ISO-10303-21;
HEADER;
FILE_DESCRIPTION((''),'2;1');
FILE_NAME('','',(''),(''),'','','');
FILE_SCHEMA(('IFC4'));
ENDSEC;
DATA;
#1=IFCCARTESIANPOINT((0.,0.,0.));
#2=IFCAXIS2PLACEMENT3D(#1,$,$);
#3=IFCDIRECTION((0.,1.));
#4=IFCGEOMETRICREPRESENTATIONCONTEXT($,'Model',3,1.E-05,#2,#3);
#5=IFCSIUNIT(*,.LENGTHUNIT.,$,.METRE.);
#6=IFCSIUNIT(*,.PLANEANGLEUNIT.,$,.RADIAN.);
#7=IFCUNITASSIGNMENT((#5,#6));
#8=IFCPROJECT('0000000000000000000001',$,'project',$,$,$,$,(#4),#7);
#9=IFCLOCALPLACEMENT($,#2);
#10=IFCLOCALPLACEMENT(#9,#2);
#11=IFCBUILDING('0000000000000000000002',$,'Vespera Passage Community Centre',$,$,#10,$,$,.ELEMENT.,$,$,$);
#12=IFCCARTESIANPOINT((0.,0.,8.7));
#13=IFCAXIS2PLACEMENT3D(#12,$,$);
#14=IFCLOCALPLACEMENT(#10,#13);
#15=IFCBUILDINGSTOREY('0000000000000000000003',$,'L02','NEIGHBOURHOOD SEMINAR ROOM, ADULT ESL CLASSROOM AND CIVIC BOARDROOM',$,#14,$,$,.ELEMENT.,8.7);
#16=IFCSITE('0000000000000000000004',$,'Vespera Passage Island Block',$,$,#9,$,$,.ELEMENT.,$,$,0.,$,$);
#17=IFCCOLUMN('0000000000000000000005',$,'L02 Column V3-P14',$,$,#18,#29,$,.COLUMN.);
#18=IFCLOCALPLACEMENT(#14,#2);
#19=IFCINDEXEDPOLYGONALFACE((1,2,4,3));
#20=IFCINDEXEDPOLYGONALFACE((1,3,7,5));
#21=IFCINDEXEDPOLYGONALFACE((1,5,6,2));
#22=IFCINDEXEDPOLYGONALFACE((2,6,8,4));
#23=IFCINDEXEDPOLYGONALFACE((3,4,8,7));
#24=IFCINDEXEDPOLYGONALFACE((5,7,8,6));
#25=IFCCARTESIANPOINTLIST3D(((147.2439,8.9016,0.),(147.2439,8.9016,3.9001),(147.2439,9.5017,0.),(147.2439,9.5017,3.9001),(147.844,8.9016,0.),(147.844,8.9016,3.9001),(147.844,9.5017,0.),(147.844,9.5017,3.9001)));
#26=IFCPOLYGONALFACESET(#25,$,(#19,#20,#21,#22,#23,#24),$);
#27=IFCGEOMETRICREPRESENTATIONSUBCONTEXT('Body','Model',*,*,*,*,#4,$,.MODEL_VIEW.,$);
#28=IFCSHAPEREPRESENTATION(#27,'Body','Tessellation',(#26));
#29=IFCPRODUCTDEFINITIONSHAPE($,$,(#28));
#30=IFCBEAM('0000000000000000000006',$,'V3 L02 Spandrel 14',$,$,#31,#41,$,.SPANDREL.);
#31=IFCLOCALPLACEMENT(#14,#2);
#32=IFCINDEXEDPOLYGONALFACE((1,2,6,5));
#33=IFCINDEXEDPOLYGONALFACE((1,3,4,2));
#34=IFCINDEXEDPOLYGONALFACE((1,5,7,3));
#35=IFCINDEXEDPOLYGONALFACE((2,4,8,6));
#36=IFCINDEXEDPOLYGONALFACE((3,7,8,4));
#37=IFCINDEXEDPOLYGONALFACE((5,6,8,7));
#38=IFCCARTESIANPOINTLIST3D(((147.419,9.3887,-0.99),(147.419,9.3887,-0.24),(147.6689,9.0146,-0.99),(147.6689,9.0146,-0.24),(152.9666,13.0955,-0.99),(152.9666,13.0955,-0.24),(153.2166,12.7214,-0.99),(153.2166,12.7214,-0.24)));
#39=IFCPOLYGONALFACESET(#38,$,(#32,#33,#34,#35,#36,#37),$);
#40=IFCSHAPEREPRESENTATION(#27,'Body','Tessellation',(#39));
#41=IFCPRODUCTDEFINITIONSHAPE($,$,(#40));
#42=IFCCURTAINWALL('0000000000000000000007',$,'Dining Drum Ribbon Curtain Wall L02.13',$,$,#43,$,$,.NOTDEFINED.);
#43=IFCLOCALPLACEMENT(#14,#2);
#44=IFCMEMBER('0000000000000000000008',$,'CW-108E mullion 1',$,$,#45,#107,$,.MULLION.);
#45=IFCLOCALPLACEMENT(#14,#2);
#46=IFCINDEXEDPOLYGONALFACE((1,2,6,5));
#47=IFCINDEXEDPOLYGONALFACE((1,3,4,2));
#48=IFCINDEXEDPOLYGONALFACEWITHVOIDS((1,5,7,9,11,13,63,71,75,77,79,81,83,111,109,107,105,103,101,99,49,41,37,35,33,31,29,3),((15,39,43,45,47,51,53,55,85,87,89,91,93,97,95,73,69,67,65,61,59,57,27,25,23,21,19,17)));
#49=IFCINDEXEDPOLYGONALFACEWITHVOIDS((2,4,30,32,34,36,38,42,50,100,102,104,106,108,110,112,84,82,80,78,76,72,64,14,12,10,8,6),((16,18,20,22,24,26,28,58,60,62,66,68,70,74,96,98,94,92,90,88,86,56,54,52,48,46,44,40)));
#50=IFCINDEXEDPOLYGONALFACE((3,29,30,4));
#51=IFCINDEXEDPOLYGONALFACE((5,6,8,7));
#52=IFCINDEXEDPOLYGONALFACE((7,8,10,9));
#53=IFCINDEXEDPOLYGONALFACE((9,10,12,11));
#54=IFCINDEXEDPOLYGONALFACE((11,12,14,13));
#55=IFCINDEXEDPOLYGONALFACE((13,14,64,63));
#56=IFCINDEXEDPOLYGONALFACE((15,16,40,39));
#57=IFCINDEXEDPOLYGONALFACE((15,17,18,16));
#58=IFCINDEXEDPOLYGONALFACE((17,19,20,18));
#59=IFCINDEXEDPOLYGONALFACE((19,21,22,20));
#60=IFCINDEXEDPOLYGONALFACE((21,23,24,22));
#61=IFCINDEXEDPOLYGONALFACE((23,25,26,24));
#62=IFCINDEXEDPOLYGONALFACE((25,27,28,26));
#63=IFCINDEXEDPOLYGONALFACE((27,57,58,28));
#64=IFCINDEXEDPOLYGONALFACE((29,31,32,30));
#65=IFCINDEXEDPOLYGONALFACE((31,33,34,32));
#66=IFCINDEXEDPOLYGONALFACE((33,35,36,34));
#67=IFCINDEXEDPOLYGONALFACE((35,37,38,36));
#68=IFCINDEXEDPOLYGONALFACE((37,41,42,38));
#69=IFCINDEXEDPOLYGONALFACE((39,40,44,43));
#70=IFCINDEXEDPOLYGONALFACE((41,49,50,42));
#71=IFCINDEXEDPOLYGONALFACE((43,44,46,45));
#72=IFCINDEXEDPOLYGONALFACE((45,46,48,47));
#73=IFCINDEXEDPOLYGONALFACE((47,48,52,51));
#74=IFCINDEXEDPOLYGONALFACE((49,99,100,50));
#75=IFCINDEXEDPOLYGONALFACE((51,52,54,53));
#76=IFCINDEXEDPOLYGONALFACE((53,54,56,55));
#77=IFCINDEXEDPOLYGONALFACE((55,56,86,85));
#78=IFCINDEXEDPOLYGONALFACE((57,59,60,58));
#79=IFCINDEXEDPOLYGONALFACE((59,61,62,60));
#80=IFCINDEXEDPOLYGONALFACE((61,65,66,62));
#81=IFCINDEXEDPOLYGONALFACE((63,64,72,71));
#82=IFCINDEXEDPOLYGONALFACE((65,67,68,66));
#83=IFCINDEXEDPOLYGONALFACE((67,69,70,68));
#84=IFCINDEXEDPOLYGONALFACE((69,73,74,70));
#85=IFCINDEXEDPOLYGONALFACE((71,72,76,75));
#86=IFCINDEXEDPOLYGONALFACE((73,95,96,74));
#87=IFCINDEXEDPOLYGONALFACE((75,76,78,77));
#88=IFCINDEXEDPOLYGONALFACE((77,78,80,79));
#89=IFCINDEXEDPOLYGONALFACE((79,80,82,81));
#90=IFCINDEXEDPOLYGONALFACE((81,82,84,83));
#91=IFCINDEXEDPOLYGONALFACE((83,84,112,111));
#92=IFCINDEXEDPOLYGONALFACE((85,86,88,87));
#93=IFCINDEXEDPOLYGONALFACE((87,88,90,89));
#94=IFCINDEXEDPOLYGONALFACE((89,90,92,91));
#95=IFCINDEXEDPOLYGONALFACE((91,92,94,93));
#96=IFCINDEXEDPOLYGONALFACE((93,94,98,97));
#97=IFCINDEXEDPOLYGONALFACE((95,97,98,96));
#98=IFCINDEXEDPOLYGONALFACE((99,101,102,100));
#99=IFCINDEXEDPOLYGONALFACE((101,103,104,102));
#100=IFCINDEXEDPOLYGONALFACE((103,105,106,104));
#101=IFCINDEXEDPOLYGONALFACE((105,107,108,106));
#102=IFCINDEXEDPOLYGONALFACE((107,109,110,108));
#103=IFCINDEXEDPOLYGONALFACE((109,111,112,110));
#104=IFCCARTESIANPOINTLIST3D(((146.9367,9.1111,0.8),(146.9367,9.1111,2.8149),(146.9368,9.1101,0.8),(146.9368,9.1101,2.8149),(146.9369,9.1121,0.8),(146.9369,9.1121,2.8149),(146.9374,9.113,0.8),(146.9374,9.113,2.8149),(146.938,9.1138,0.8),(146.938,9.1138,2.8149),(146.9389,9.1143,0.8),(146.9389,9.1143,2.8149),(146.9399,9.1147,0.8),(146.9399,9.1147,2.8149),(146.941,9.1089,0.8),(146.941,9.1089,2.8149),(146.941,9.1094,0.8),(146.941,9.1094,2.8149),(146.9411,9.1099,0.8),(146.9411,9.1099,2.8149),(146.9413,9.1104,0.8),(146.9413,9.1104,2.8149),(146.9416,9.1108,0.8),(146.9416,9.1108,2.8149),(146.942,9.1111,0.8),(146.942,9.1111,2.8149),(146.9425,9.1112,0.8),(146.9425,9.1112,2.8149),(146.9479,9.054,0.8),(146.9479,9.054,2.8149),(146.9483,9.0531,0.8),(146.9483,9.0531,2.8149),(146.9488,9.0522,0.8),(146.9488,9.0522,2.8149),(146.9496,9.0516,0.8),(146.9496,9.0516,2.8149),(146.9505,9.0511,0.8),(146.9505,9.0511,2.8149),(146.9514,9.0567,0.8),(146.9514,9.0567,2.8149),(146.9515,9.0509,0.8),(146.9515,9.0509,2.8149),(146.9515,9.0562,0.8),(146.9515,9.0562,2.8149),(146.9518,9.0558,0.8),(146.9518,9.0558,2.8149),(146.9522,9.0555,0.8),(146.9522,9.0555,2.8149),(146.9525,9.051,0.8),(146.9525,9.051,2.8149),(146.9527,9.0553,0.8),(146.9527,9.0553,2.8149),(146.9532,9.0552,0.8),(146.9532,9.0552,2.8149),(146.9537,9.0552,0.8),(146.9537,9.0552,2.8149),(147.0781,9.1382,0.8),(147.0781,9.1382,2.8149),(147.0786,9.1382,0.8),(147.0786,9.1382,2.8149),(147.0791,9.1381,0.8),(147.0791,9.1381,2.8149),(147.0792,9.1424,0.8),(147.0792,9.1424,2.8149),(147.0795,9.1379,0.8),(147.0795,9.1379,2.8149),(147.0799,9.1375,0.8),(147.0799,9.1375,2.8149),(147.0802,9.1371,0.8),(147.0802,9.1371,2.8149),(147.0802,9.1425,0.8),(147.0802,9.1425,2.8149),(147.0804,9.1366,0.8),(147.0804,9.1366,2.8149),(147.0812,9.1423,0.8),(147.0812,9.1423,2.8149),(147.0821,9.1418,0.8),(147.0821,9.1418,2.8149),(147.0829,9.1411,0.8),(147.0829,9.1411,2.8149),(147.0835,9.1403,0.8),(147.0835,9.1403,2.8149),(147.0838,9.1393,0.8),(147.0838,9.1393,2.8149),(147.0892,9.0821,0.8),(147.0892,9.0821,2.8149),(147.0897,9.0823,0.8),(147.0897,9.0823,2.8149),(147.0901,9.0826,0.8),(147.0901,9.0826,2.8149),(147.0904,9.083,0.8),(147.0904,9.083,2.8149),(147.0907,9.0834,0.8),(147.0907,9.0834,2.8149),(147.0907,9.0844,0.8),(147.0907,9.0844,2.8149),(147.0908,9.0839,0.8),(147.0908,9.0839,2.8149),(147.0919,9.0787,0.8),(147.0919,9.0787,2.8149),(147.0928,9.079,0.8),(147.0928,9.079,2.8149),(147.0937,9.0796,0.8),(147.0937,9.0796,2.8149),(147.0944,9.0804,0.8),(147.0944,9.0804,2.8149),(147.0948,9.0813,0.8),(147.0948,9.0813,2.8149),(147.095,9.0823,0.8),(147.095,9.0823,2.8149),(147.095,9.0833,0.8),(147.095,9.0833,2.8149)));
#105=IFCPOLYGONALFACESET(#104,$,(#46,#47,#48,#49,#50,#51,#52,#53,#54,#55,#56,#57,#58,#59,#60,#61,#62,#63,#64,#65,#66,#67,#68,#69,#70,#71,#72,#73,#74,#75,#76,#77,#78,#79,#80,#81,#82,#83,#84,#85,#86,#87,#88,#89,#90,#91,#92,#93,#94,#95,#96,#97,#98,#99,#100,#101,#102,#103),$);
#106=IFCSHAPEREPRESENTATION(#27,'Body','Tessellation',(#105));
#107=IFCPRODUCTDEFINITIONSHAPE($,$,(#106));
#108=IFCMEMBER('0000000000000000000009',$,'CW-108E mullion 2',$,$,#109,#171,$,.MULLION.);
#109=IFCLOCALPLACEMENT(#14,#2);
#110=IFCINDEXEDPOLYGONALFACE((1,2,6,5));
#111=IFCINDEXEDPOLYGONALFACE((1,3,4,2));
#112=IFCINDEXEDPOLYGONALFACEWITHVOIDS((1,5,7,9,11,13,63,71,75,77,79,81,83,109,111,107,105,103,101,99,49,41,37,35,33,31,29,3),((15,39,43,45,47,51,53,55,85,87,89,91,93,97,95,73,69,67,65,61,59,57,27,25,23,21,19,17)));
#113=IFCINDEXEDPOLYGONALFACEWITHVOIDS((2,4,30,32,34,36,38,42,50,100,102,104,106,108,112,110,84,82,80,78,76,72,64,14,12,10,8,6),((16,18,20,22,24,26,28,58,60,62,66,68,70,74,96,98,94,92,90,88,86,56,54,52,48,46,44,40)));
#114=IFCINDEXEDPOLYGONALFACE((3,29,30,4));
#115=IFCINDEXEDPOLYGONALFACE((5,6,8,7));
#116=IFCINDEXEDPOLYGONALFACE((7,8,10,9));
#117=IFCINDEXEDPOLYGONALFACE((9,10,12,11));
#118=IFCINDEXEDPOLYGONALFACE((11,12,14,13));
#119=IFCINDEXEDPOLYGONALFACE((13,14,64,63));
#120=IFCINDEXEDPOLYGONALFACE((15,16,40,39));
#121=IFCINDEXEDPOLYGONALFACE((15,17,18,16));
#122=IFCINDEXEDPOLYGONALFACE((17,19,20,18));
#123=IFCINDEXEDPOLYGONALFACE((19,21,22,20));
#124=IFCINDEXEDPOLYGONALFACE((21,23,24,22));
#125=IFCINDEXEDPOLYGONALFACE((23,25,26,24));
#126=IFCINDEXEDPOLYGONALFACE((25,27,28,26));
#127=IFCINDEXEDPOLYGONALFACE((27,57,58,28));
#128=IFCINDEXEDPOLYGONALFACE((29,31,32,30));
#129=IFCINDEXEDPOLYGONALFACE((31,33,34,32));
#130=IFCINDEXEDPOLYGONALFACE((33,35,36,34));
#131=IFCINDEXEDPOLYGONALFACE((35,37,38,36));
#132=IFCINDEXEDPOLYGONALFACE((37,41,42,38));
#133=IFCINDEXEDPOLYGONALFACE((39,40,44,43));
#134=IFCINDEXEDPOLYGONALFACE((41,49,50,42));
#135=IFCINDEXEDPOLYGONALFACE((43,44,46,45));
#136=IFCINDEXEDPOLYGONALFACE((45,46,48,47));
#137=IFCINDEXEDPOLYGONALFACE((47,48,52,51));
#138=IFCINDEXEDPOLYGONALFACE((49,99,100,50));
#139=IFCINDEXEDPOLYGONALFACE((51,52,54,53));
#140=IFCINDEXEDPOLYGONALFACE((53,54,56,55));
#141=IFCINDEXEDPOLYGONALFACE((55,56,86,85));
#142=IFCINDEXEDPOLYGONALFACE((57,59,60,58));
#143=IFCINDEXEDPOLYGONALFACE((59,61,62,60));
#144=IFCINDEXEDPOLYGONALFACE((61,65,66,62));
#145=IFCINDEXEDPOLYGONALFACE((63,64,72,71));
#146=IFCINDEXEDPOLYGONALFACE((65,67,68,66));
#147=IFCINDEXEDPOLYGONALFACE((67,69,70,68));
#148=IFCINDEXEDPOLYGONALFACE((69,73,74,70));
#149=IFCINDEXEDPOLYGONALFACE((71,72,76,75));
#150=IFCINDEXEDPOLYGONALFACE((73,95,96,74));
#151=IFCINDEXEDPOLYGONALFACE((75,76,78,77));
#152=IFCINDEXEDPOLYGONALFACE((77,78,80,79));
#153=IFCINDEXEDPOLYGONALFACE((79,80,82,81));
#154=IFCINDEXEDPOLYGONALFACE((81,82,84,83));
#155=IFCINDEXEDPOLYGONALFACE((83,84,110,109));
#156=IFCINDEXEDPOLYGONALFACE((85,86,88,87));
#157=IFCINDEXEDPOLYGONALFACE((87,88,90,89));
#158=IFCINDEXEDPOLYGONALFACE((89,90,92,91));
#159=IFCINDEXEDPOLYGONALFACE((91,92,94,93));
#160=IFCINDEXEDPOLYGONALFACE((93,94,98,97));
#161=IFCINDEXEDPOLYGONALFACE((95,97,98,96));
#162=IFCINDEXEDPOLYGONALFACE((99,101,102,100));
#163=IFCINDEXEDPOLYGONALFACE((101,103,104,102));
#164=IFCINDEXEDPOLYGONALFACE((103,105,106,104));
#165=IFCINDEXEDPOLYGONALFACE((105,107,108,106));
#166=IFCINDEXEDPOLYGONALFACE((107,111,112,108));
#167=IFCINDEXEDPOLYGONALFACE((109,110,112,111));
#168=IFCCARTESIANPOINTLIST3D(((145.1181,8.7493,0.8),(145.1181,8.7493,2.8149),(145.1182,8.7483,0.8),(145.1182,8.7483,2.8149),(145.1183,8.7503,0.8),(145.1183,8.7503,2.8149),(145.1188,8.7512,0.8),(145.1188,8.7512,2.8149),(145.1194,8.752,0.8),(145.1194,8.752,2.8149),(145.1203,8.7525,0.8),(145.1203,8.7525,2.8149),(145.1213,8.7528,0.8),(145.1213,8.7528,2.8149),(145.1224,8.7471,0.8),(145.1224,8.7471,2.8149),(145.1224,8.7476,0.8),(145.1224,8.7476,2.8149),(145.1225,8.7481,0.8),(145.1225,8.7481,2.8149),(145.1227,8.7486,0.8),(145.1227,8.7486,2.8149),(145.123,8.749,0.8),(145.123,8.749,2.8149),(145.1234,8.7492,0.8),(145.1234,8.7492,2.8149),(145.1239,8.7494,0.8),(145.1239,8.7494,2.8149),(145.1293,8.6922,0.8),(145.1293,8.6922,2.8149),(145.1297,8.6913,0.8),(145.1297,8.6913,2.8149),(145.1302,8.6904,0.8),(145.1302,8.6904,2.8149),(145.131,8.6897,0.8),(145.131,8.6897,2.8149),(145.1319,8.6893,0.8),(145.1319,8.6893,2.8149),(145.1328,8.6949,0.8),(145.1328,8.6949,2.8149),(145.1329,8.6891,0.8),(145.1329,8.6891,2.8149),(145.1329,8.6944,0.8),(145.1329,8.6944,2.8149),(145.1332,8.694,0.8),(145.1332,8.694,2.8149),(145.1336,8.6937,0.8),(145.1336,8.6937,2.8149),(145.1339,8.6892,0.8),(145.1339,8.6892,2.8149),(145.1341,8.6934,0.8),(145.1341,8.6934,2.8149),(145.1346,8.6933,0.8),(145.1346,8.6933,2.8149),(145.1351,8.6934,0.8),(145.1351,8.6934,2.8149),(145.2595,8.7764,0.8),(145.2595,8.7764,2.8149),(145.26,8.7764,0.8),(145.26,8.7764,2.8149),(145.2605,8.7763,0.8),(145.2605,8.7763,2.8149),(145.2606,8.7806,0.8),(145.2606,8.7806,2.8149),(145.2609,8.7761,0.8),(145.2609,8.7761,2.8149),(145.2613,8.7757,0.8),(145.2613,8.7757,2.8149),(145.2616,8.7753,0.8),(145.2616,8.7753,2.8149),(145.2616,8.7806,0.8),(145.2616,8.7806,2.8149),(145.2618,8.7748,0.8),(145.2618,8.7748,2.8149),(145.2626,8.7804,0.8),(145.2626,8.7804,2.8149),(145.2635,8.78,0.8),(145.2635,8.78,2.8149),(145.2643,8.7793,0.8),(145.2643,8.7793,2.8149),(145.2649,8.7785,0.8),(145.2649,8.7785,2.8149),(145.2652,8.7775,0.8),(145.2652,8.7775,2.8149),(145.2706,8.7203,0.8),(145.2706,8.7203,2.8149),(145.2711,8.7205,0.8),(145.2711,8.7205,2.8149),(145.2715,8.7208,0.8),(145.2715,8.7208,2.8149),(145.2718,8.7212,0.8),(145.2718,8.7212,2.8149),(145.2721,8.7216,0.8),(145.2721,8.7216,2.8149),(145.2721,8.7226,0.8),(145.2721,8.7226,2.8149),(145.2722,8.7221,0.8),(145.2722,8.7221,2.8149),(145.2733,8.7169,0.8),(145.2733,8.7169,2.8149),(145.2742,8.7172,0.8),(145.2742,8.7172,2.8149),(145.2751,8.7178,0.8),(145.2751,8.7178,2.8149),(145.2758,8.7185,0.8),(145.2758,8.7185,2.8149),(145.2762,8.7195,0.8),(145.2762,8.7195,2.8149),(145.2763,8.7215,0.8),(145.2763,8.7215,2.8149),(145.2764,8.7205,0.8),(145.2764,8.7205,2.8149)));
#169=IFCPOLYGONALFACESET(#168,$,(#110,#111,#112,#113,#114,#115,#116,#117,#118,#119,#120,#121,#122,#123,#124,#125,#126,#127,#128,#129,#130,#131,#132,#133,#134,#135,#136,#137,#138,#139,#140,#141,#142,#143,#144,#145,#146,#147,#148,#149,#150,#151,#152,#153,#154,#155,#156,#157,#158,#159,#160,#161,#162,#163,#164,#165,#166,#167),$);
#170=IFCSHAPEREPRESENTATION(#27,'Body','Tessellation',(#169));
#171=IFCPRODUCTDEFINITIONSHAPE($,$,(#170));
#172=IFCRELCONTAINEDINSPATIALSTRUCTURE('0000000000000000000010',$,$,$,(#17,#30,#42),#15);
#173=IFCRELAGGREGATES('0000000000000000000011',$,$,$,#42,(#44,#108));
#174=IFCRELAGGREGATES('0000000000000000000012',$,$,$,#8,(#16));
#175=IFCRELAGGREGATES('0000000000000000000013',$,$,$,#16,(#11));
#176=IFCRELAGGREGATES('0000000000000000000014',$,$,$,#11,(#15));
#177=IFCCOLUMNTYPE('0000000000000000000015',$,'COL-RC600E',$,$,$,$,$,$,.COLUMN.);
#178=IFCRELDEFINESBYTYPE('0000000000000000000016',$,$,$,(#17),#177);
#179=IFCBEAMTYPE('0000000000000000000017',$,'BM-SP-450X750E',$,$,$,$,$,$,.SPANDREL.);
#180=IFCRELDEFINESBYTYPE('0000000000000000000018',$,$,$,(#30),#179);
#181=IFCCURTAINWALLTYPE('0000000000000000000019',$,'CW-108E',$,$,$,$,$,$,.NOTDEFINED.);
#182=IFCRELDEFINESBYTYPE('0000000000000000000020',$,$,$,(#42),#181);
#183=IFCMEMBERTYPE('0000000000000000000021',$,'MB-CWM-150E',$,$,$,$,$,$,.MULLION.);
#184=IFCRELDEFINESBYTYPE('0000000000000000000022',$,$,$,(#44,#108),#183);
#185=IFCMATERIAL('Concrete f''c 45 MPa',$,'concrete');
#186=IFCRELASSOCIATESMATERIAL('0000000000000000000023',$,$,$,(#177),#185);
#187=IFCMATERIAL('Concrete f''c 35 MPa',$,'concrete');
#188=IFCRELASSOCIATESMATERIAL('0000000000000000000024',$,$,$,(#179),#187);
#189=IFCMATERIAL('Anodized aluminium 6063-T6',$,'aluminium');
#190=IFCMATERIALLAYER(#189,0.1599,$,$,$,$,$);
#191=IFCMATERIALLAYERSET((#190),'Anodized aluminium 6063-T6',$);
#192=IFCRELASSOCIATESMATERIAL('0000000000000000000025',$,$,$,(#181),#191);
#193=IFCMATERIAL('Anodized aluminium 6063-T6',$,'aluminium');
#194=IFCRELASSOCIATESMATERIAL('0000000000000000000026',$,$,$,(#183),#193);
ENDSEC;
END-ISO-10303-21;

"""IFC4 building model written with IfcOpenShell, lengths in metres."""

from ifc_helpers import new_model, si_unit, direction, frame, origin, origin_2d, place, context, subcontext, project, spatial, rectangle, hollow_rectangle, extrude, material, layer, layer_set, material_profile, profile_set, type_object, element, aggregate, save


model = new_model("IFC4")

# Units and contexts
model_context = context("Model", 3, precision=1e-05, world=origin(), true_north=direction((0.0, 1.0)))
body_context = subcontext(model_context, "Body", "Model", "MODEL_VIEW")
ifc_project = project(units=[si_unit("LENGTHUNIT", "METRE"), si_unit("PLANEANGLEUNIT", "RADIAN")], contexts=[model_context])

# Site, building, storey
site_placement = place(None, origin())
site = spatial("IfcSite", under=ifc_project, at=site_placement, Name="Vespera Passage Island Block", CompositionType="ELEMENT", RefElevation=0.0)
building_placement = place(site_placement, origin())
building = spatial("IfcBuilding", under=site, at=building_placement, Name="Vespera Passage Community Centre", CompositionType="ELEMENT")
storey_placement = place(building_placement, frame((0.0, 0.0, 8.7)))
storey = spatial("IfcBuildingStorey", under=building, at=storey_placement, Name="L02", Description="NEIGHBOURHOOD SEMINAR ROOM, ADULT ESL CLASSROOM AND CIVIC BOARDROOM", CompositionType="ELEMENT", Elevation=8.7)

# Column
ifc_material_1 = material(Name="Concrete f'c 45 MPa", Category="concrete")
ifc_material_profile_1 = material_profile(ifc_material_1, rectangle(XDim=0.6001, YDim=0.6001, at=origin_2d()), Name="RC600X600")
ifc_profile_set_1 = profile_set([ifc_material_profile_1], Name="Concrete f'c 45 MPa")
column_type = type_object("IfcColumnType", Name="COL-RC600E", PredefinedType="COLUMN", material=ifc_profile_set_1)
column_placement = place(storey_placement, frame((147.5439, 9.2017, 0.0), z_axis=(0.0, 0.0, 1.0), x_axis=(1.0, 0.0, 0.0)))
element("IfcColumn", 1, at=column_placement, inside=storey, type_object=column_type, Name="L02 Column V3-P14", PredefinedType="COLUMN", context=body_context, shape_type="SweptSolid", body=[
    extrude(rectangle(XDim=0.6001, YDim=0.6001, at=origin_2d()), origin(), (0.0, 0.0, 1.0), 3.9001),
])

# Beam
ifc_material_2 = material(Name="Concrete f'c 35 MPa", Category="concrete")
ifc_material_profile_2 = material_profile(ifc_material_2, rectangle(XDim=0.45, YDim=0.75, at=origin_2d()), Name="RC450X750")
ifc_profile_set_2 = profile_set([ifc_material_profile_2], Name="Concrete f'c 35 MPa")
beam_type = type_object("IfcBeamType", Name="BM-SP-450X750E", PredefinedType="SPANDREL", material=ifc_profile_set_2)
beam_placement = place(storey_placement, frame((147.5439, 9.2017, -0.615), z_axis=(0.83147, 0.55557, 0.0), x_axis=(-0.55557, 0.83147, 0.0)))
element("IfcBeam", 2, at=beam_placement, inside=storey, type_object=beam_type, Name="V3 L02 Spandrel 14", PredefinedType="SPANDREL", context=body_context, shape_type="SweptSolid", body=[
    extrude(rectangle(XDim=0.45, YDim=0.75, at=origin_2d()), origin(), (0.0, 0.0, 1.0), 6.6721),
])

# Curtain wall, members
ifc_material_3 = material(Name="Anodized aluminium 6063-T6", Category="aluminium")
ifc_layer_1 = layer(ifc_material_3, 0.1599)
ifc_layer_set_1 = layer_set([ifc_layer_1], Name="Anodized aluminium 6063-T6")
curtain_wall_type_1 = type_object("IfcCurtainWallType", Name="CW-108E", PredefinedType="NOTDEFINED", material=ifc_layer_set_1)
curtain_wall_1_placement = place(storey_placement, origin())
curtain_wall_1 = element("IfcCurtainWall", 3, at=curtain_wall_1_placement, inside=storey, type_object=curtain_wall_type_1, Name="Dining Drum Ribbon Curtain Wall L02.13", PredefinedType="NOTDEFINED")
ifc_material_4 = material(Name="Anodized aluminium 6063-T6", Category="aluminium")
ifc_material_profile_3 = material_profile(ifc_material_4, hollow_rectangle(XDim=0.0649, YDim=0.1499, WallThickness=0.0039, InnerFilletRadius=0.002, OuterFilletRadius=0.0039, at=origin_2d()), Name="ALU150X65X4")
ifc_profile_set_3 = profile_set([ifc_material_profile_3], Name="Anodized aluminium 6063-T6")
member_type_1 = type_object("IfcMemberType", Name="MB-CWM-150E", PredefinedType="MULLION", material=ifc_profile_set_3)
member_1_placement = place(storey_placement, frame((147.0159, 9.0967, 0.8), z_axis=(0.0, 0.0, 1.0), x_axis=(0.195097, -0.980784, 0.0)))
member_1 = element("IfcMember", 4, at=member_1_placement, type_object=member_type_1, Name="CW-108E mullion 1", PredefinedType="MULLION", context=body_context, shape_type="SweptSolid", body=[
    extrude(hollow_rectangle(XDim=0.0649, YDim=0.1499, WallThickness=0.0039, InnerFilletRadius=0.002, OuterFilletRadius=0.0039, at=origin_2d()), origin(), (0.0, 0.0, 1.0), 2.0149),
])
member_2_placement = place(storey_placement, frame((145.1973, 8.7349, 0.8), z_axis=(0.0, 0.0, 1.0), x_axis=(0.195097, -0.980784, 0.0)))
member_2 = element("IfcMember", 5, at=member_2_placement, type_object=member_type_1, Name="CW-108E mullion 2", PredefinedType="MULLION", context=body_context, shape_type="SweptSolid", body=[
    extrude(hollow_rectangle(XDim=0.0649, YDim=0.1499, WallThickness=0.0039, InnerFilletRadius=0.002, OuterFilletRadius=0.0039, at=origin_2d()), origin(), (0.0, 0.0, 1.0), 2.0149),
])

aggregate(curtain_wall_1, [member_1, member_2])

save(model, "model.ifc")
